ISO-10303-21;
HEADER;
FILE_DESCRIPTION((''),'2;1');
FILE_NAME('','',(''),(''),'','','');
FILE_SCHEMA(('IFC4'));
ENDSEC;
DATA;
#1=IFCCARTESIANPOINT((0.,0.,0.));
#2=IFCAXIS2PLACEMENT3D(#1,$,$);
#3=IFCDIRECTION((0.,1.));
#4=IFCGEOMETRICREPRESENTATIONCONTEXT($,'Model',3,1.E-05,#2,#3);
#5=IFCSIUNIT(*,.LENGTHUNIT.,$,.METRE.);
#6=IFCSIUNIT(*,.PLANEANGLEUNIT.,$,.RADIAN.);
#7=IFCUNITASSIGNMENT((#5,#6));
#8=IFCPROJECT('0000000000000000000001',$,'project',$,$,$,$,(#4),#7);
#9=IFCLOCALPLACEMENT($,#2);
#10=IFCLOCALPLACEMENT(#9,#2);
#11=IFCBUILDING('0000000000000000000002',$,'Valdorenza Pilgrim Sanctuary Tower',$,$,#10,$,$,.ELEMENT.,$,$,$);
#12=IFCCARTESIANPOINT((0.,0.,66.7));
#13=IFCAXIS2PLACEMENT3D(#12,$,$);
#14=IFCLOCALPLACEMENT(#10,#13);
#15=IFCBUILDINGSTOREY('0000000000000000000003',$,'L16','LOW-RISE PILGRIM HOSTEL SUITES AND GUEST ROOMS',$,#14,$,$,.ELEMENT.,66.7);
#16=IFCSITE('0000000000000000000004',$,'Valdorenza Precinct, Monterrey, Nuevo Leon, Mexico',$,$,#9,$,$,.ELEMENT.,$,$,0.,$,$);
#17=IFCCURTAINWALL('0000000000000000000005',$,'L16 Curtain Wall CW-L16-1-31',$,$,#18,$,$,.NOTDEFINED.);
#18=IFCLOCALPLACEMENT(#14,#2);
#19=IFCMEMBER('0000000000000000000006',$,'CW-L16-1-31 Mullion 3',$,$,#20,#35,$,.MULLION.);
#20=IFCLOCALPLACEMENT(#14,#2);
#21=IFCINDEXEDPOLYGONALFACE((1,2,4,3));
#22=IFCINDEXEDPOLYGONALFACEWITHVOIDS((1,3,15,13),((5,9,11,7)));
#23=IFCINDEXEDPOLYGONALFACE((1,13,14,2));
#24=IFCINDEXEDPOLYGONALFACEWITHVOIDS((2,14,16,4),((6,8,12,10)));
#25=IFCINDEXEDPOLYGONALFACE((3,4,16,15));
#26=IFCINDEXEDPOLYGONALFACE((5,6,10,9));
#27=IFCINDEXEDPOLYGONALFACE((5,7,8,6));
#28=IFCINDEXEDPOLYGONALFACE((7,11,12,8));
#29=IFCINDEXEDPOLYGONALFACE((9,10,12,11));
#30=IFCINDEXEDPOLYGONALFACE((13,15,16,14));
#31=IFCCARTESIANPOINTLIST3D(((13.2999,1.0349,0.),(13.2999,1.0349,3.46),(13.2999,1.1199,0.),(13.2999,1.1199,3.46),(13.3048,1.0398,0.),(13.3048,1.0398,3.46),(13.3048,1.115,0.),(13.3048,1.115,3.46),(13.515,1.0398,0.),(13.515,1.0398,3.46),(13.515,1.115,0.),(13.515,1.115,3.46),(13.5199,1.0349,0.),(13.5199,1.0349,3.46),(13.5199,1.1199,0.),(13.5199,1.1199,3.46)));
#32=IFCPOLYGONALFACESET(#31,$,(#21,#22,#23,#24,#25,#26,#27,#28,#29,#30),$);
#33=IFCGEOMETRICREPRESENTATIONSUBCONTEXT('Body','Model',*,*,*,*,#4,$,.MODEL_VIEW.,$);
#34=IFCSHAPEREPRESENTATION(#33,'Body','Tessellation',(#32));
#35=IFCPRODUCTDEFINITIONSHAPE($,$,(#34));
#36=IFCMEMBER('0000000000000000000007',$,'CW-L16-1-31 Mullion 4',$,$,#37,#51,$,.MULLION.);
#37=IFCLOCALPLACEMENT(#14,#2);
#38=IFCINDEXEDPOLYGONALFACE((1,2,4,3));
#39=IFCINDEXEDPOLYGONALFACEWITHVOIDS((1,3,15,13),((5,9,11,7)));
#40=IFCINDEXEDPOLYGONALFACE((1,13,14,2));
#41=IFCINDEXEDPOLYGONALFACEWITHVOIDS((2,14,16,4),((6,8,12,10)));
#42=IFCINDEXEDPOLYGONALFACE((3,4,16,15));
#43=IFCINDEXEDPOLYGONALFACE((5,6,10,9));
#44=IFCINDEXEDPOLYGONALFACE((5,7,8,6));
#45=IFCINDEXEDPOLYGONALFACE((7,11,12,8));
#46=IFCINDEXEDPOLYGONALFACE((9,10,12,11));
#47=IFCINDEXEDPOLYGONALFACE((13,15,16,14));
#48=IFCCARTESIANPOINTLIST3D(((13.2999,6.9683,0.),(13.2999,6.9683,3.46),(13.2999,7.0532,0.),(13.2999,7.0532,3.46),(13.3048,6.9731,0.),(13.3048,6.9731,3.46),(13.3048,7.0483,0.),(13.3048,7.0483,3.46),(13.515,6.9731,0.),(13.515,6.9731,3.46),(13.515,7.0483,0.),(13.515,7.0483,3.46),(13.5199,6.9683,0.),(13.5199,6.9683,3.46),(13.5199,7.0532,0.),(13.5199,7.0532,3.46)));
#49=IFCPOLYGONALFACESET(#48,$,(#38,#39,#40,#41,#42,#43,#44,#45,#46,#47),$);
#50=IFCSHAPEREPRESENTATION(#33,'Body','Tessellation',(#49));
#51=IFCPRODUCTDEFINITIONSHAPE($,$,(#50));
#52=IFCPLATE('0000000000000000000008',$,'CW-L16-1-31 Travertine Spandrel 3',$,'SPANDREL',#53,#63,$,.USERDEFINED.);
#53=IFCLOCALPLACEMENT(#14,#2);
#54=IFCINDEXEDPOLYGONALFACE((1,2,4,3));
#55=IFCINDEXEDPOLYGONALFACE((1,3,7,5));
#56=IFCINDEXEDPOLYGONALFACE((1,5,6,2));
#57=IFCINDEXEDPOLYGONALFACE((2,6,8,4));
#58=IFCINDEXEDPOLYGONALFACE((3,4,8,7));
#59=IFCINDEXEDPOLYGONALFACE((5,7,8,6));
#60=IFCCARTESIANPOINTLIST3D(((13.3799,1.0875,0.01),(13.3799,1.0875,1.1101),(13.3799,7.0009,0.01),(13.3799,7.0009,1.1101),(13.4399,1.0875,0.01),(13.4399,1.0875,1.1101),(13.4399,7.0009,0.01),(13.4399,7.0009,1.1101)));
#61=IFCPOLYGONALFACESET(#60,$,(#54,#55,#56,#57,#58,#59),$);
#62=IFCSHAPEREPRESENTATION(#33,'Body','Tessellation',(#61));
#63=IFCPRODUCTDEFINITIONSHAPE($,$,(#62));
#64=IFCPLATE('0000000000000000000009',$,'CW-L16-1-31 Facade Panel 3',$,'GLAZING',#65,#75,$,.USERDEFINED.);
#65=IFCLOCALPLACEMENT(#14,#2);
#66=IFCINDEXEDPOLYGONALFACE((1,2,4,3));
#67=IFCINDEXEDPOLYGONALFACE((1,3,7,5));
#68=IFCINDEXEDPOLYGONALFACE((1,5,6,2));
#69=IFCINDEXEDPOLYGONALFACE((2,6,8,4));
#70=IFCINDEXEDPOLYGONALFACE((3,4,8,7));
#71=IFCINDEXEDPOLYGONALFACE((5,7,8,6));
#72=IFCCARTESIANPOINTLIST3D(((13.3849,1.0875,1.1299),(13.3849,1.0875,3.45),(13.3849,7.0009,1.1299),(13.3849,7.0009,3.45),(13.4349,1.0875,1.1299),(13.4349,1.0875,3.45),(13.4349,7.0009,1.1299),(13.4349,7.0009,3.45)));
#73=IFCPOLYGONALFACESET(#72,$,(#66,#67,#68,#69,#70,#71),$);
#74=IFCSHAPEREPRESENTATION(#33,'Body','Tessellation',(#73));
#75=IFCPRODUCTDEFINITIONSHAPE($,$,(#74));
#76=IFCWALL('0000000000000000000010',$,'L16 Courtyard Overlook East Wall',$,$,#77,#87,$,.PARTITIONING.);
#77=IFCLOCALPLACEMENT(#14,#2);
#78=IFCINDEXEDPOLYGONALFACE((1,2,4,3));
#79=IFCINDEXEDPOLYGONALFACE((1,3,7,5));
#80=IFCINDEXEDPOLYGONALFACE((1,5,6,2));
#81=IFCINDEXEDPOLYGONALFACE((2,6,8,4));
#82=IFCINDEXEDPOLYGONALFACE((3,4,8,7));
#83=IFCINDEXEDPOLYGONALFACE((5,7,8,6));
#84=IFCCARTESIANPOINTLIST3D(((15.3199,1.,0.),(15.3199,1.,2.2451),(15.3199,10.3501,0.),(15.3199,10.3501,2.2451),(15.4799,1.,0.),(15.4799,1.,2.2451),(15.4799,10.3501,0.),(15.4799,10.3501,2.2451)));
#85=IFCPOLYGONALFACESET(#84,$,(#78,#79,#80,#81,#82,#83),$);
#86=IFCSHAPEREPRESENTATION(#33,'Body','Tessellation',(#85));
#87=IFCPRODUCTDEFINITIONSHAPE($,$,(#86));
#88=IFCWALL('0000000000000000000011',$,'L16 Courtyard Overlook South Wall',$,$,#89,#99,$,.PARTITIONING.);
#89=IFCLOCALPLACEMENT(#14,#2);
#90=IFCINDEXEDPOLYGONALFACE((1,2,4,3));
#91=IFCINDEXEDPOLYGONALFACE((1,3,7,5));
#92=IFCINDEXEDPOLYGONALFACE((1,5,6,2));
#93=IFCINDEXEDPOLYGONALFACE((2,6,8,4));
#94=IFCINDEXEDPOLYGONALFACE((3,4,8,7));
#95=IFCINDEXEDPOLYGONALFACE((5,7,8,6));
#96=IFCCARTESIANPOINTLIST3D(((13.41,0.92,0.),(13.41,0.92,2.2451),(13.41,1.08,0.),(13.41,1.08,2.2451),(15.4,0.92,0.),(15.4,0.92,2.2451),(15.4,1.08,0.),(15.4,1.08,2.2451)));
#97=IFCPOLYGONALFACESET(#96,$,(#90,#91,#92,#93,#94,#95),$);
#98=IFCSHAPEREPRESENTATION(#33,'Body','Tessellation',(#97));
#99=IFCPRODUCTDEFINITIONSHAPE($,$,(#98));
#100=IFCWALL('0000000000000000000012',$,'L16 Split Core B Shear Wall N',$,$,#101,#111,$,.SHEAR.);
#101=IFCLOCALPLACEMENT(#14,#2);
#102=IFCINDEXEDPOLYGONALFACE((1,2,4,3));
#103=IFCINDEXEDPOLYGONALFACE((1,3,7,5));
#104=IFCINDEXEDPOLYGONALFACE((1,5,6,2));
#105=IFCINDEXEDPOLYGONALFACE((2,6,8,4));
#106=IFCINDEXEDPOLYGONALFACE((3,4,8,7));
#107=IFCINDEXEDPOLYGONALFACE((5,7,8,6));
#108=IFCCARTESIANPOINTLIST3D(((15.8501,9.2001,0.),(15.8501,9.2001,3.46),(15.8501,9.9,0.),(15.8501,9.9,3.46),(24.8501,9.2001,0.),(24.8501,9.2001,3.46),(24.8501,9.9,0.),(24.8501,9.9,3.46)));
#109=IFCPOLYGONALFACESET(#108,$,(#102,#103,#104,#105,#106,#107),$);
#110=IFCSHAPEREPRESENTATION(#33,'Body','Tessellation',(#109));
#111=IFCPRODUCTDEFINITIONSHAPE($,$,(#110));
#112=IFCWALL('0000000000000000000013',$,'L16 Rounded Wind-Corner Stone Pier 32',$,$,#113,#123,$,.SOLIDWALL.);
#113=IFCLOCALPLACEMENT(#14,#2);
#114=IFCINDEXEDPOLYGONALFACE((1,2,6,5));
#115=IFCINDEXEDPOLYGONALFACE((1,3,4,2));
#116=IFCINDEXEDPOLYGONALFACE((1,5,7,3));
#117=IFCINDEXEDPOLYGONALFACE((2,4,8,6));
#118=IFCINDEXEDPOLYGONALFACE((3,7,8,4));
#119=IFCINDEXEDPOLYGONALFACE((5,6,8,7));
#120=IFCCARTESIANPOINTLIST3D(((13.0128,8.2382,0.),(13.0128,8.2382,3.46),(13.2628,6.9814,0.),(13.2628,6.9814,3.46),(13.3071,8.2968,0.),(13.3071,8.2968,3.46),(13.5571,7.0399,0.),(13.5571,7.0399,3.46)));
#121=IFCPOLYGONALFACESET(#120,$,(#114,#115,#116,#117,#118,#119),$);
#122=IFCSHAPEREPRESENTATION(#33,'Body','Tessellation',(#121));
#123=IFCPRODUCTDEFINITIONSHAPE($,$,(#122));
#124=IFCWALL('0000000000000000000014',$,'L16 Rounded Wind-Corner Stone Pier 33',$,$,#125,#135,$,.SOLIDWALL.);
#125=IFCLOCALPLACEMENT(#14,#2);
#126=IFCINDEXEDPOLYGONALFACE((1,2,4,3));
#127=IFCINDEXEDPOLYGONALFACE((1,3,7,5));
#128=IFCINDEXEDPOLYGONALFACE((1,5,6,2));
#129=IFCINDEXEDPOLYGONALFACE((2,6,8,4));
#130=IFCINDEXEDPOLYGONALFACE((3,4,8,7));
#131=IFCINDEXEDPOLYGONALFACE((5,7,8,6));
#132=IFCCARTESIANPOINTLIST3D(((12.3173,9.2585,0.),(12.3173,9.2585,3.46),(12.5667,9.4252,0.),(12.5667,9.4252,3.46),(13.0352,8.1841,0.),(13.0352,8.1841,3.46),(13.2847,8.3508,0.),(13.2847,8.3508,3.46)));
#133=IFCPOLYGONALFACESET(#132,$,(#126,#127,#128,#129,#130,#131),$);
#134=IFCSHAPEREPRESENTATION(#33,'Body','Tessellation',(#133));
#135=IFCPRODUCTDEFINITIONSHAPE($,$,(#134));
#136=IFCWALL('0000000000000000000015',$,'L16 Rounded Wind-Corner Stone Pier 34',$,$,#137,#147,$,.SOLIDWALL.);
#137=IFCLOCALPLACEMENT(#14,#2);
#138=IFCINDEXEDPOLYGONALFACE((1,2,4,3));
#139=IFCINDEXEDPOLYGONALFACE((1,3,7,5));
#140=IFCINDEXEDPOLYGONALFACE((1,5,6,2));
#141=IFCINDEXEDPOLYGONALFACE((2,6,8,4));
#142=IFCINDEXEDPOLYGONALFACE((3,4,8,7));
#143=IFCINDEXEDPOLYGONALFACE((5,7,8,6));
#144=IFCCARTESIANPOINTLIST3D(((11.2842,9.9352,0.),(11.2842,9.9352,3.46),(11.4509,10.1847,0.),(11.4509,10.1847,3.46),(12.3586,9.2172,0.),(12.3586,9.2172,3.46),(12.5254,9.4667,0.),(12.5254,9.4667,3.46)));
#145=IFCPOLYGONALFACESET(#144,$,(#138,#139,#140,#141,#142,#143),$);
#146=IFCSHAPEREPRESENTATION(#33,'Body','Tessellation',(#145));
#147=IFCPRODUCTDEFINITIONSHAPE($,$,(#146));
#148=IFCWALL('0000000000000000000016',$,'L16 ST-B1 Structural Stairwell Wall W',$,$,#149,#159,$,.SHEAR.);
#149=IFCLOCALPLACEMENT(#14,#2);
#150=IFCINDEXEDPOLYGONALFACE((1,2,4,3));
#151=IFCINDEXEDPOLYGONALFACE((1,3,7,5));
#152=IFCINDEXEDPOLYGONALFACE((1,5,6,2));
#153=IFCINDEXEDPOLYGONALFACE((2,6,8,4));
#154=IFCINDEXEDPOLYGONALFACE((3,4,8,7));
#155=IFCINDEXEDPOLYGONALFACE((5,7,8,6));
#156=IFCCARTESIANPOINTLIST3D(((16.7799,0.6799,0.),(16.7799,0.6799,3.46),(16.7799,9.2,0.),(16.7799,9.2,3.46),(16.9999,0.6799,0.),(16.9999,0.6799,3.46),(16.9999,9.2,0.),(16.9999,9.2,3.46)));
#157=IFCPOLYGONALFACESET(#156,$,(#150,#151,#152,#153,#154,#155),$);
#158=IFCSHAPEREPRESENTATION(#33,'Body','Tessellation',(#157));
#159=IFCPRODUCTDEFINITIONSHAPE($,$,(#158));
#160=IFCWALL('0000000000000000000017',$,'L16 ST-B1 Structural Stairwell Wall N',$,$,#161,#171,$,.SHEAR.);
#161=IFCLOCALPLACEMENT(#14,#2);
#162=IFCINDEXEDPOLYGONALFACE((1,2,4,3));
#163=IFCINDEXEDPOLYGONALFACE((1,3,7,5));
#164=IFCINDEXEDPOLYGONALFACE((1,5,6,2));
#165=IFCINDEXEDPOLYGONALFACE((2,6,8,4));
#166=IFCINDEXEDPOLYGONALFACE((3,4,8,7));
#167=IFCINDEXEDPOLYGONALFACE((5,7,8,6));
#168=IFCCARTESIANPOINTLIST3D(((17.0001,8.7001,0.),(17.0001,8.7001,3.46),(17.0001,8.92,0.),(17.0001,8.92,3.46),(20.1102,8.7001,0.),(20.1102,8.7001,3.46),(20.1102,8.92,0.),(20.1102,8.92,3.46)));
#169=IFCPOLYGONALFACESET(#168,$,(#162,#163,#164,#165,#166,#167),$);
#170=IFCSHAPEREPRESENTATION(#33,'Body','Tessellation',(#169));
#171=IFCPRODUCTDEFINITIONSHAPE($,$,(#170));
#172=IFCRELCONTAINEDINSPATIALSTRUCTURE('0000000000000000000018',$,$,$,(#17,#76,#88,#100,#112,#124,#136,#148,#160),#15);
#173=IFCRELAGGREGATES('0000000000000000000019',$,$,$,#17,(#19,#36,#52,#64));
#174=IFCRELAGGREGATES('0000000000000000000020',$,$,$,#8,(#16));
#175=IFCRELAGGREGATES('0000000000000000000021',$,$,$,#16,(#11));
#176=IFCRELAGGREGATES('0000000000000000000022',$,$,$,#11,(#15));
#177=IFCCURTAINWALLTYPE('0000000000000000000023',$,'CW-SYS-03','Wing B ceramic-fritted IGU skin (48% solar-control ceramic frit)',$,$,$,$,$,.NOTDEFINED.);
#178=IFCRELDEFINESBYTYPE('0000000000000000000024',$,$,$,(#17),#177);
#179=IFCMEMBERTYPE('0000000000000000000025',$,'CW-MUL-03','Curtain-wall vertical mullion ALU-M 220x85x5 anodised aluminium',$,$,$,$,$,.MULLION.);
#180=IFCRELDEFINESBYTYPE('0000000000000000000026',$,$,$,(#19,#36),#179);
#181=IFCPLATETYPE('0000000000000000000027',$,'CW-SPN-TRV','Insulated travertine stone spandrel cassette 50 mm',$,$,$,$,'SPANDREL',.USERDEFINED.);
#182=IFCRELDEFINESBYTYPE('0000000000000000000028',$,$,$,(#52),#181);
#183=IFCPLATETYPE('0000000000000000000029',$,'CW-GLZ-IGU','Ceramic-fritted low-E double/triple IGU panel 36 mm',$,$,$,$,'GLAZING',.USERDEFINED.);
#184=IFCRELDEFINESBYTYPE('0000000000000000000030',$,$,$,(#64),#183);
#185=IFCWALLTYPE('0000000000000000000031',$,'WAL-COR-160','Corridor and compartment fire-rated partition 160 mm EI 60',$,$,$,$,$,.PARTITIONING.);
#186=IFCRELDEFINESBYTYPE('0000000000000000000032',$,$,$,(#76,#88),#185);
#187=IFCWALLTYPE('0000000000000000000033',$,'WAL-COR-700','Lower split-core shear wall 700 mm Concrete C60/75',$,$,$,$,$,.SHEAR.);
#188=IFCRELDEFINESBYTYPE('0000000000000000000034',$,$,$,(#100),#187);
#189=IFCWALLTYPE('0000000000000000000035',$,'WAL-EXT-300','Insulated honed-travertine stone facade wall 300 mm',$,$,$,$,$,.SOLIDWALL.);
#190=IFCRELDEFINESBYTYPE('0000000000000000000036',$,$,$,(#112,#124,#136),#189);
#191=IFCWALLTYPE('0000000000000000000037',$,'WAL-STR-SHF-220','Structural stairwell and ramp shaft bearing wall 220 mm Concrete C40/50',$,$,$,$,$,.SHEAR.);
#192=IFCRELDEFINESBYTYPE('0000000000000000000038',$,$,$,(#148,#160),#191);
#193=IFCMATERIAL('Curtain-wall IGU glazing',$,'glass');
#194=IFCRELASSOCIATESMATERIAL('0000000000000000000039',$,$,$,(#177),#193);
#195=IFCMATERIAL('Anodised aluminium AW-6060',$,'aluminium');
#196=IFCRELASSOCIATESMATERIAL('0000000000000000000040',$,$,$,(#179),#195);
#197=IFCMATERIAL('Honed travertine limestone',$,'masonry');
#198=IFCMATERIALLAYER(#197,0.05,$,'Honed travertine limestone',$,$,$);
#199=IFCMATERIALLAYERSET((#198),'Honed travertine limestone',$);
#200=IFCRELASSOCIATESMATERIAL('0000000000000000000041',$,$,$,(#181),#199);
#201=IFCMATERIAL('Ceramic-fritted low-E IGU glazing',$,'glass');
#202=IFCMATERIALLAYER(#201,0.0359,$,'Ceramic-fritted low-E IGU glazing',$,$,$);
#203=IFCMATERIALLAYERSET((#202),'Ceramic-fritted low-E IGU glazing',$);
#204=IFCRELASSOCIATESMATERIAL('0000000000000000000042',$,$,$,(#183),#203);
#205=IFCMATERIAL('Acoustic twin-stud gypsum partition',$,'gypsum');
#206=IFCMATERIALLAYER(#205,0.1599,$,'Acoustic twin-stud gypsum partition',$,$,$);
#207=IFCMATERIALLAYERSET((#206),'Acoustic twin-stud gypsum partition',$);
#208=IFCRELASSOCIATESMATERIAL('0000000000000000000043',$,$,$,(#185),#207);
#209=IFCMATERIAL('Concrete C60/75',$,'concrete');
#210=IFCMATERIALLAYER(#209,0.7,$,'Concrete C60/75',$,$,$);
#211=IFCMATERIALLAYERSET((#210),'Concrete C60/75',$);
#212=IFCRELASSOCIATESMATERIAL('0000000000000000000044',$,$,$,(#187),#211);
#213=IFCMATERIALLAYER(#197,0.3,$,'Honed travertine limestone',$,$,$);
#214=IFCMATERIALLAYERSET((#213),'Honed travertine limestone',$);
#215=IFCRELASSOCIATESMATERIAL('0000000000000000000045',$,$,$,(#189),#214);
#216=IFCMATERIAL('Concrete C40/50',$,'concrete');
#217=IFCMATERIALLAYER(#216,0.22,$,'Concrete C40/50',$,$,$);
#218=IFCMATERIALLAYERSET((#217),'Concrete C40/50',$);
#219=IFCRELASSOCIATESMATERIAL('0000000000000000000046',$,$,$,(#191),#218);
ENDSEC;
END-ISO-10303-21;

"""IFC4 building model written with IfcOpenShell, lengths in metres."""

from ifc_helpers import new_model, si_unit, direction, frame, frame_2d, origin, origin_2d, place, context, subcontext, project, spatial, rectangle, hollow_rectangle, extrude, source, transform, mapped, material, layer, layer_set, material_profile, profile_set, type_object, element, aggregate, save


model = new_model("IFC4")

# Units and contexts
model_context = context("Model", 3, precision=1e-05, world=origin(), true_north=direction((0.0, 1.0)))
body_context = subcontext(model_context, "Body", "Model", "MODEL_VIEW")
ifc_project = project(units=[si_unit("LENGTHUNIT", "METRE"), si_unit("PLANEANGLEUNIT", "RADIAN")], contexts=[model_context])

# Site, building, storey
site_placement = place(None, origin())
site = spatial("IfcSite", under=ifc_project, at=site_placement, Name="Valdorenza Precinct, Monterrey, Nuevo Leon, Mexico", CompositionType="ELEMENT", RefElevation=0.0)
building_placement = place(site_placement, origin())
building = spatial("IfcBuilding", under=site, at=building_placement, Name="Valdorenza Pilgrim Sanctuary Tower", CompositionType="ELEMENT")
storey_placement = place(building_placement, frame((0.0, 0.0, 66.7)))
storey = spatial("IfcBuildingStorey", under=building, at=storey_placement, Name="L16", Description="LOW-RISE PILGRIM HOSTEL SUITES AND GUEST ROOMS", CompositionType="ELEMENT", Elevation=66.7)

# Curtain wall, members, plates
ifc_material_1 = material(Name="Curtain-wall IGU glazing", Category="glass")
curtain_wall_type = type_object("IfcCurtainWallType", Name="CW-SYS-03", Description="Wing B ceramic-fritted IGU skin (48% solar-control ceramic frit)", PredefinedType="NOTDEFINED", material=ifc_material_1)
curtain_wall_placement = place(storey_placement, origin())
curtain_wall = element("IfcCurtainWall", 1, at=curtain_wall_placement, inside=storey, type_object=curtain_wall_type, Name="L16 Curtain Wall CW-L16-1-31", PredefinedType="NOTDEFINED")
ifc_material_2 = material(Name="Anodised aluminium AW-6060", Category="aluminium")
ifc_material_profile = material_profile(ifc_material_2, hollow_rectangle(XDim=0.085, YDim=0.22, WallThickness=0.0049, at=origin_2d()), Name="ALU-M 220x85x5")
ifc_profile_set = profile_set([ifc_material_profile], Name="Anodised aluminium AW-6060")
member_type = type_object("IfcMemberType", Name="CW-MUL-03", Description="Curtain-wall vertical mullion ALU-M 220x85x5 anodised aluminium", PredefinedType="MULLION", material=ifc_profile_set)
shared_shape_1 = source(origin(), body_context, "Body", "SweptSolid", [
    extrude(hollow_rectangle(XDim=0.085, YDim=0.22, WallThickness=0.0049, at=origin_2d()), origin(), (0.0, 0.0, 1.0), 3.46),
])
member_1_placement = place(storey_placement, frame((13.4099, 1.0774, 0.0), z_axis=(0.0, 0.0, 1.0), x_axis=(0.0, 1.0, 0.0)))
member_1 = element("IfcMember", 2, at=member_1_placement, type_object=member_type, Name="CW-L16-1-31 Mullion 3", PredefinedType="MULLION", context=body_context, shape_type="MappedRepresentation", body=[
    mapped(shared_shape_1, transform((0.0, 0.0, 0.0), x_axis=(1.0, 0.0, 0.0), y_axis=(0.0, 1.0, 0.0), z_axis=(0.0, 0.0, 1.0), scale=1.0)),
])
member_2_placement = place(storey_placement, frame((13.4099, 7.0107, 0.0), z_axis=(0.0, 0.0, 1.0), x_axis=(0.0, 1.0, 0.0)))
member_2 = element("IfcMember", 3, at=member_2_placement, type_object=member_type, Name="CW-L16-1-31 Mullion 4", PredefinedType="MULLION", context=body_context, shape_type="MappedRepresentation", body=[
    mapped(shared_shape_1, transform((0.0, 0.0, 0.0), x_axis=(1.0, 0.0, 0.0), y_axis=(0.0, 1.0, 0.0), z_axis=(0.0, 0.0, 1.0), scale=1.0)),
])
ifc_material_3 = material(Name="Honed travertine limestone", Category="masonry")
ifc_layer_1 = layer(ifc_material_3, 0.05, Name="Honed travertine limestone")
ifc_layer_set_1 = layer_set([ifc_layer_1], Name="Honed travertine limestone")
plate_type_1 = type_object("IfcPlateType", Name="CW-SPN-TRV", Description="Insulated travertine stone spandrel cassette 50 mm", ElementType="SPANDREL", PredefinedType="USERDEFINED", material=ifc_layer_set_1)
shared_shape_2 = source(origin(), body_context, "Body", "SweptSolid", [
    extrude(rectangle(XDim=5.9133, YDim=0.0601, at=origin_2d()), origin(), (0.0, 0.0, 1.0), 1.1001),
])
plate_1_placement = place(storey_placement, frame((13.4099, 4.0442, 0.01), z_axis=(0.0, 0.0, 1.0), x_axis=(0.0, 1.0, 0.0)))
plate_1 = element("IfcPlate", 4, at=plate_1_placement, type_object=plate_type_1, Name="CW-L16-1-31 Travertine Spandrel 3", ObjectType="SPANDREL", PredefinedType="USERDEFINED", context=body_context, shape_type="MappedRepresentation", body=[
    mapped(shared_shape_2, transform((0.0, 0.0, 0.0), x_axis=(1.0, 0.0, 0.0), y_axis=(0.0, 1.0, 0.0), z_axis=(0.0, 0.0, 1.0), scale=1.0)),
])
ifc_material_4 = material(Name="Ceramic-fritted low-E IGU glazing", Category="glass")
ifc_layer_2 = layer(ifc_material_4, 0.0359, Name="Ceramic-fritted low-E IGU glazing")
ifc_layer_set_2 = layer_set([ifc_layer_2], Name="Ceramic-fritted low-E IGU glazing")
plate_type_2 = type_object("IfcPlateType", Name="CW-GLZ-IGU", Description="Ceramic-fritted low-E double/triple IGU panel 36 mm", ElementType="GLAZING", PredefinedType="USERDEFINED", material=ifc_layer_set_2)
shared_shape_3 = source(origin(), body_context, "Body", "SweptSolid", [
    extrude(rectangle(XDim=5.9133, YDim=0.05, at=origin_2d()), origin(), (0.0, 0.0, 1.0), 2.3201),
])
plate_2_placement = place(storey_placement, frame((13.4099, 4.0442, 1.1299), z_axis=(0.0, 0.0, 1.0), x_axis=(0.0, 1.0, 0.0)))
plate_2 = element("IfcPlate", 5, at=plate_2_placement, type_object=plate_type_2, Name="CW-L16-1-31 Facade Panel 3", ObjectType="GLAZING", PredefinedType="USERDEFINED", context=body_context, shape_type="MappedRepresentation", body=[
    mapped(shared_shape_3, transform((0.0, 0.0, 0.0), x_axis=(1.0, 0.0, 0.0), y_axis=(0.0, 1.0, 0.0), z_axis=(0.0, 0.0, 1.0), scale=1.0)),
])
aggregate(curtain_wall, [member_1, member_2, plate_1, plate_2])

# Walls
ifc_material_5 = material(Name="Acoustic twin-stud gypsum partition", Category="gypsum")
ifc_layer_3 = layer(ifc_material_5, 0.1599, Name="Acoustic twin-stud gypsum partition")
ifc_layer_set_3 = layer_set([ifc_layer_3], Name="Acoustic twin-stud gypsum partition")
wall_type_1 = type_object("IfcWallType", Name="WAL-COR-160", Description="Corridor and compartment fire-rated partition 160 mm EI 60", PredefinedType="PARTITIONING", material=ifc_layer_set_3)
wall_1_placement = place(storey_placement, frame((15.3999, 1.0, 0.0), z_axis=(0.0, 0.0, 1.0), x_axis=(0.0, 1.0, 0.0)))
element("IfcWall", 6, at=wall_1_placement, inside=storey, type_object=wall_type_1, Name="L16 Courtyard Overlook East Wall", PredefinedType="PARTITIONING", context=body_context, shape_type="SweptSolid", body=[
    extrude(rectangle(XDim=9.3501, YDim=0.1599, at=frame_2d((4.675, 0.0))), origin(), (0.0, 0.0, 1.0), 2.2451),
])
wall_2_placement = place(storey_placement, frame((13.4099, 1.0, 0.0), z_axis=(0.0, 0.0, 1.0), x_axis=(1.0, 0.0, 0.0)))
element("IfcWall", 7, at=wall_2_placement, inside=storey, type_object=wall_type_1, Name="L16 Courtyard Overlook South Wall", PredefinedType="PARTITIONING", context=body_context, shape_type="SweptSolid", body=[
    extrude(rectangle(XDim=1.99, YDim=0.1599, at=frame_2d((0.9951, 0.0))), origin(), (0.0, 0.0, 1.0), 2.2451),
])
ifc_material_6 = material(Name="Concrete C60/75", Category="concrete")
ifc_layer_4 = layer(ifc_material_6, 0.7, Name="Concrete C60/75")
ifc_layer_set_4 = layer_set([ifc_layer_4], Name="Concrete C60/75")
wall_type_2 = type_object("IfcWallType", Name="WAL-COR-700", Description="Lower split-core shear wall 700 mm Concrete C60/75", PredefinedType="SHEAR", material=ifc_layer_set_4)
wall_3_placement = place(storey_placement, frame((15.8501, 9.55, 0.0), z_axis=(0.0, 0.0, 1.0), x_axis=(1.0, 0.0, 0.0)))
element("IfcWall", 8, at=wall_3_placement, inside=storey, type_object=wall_type_2, Name="L16 Split Core B Shear Wall N", PredefinedType="SHEAR", context=body_context, shape_type="SweptSolid", body=[
    extrude(rectangle(XDim=9.0, YDim=0.7, at=frame_2d((4.5, 0.0))), origin(), (0.0, 0.0, 1.0), 3.46),
])
ifc_layer_5 = layer(ifc_material_3, 0.3, Name="Honed travertine limestone")
ifc_layer_set_5 = layer_set([ifc_layer_5], Name="Honed travertine limestone")
wall_type_3 = type_object("IfcWallType", Name="WAL-EXT-300", Description="Insulated honed-travertine stone facade wall 300 mm", PredefinedType="SOLIDWALL", material=ifc_layer_set_5)
wall_4_placement = place(storey_placement, frame((13.4099, 7.0107, 0.0), z_axis=(0.0, 0.0, 1.0), x_axis=(-0.19509, 0.980785, 0.0)))
element("IfcWall", 9, at=wall_4_placement, inside=storey, type_object=wall_type_3, Name="L16 Rounded Wind-Corner Stone Pier 32", PredefinedType="SOLIDWALL", context=body_context, shape_type="SweptSolid", body=[
    extrude(rectangle(XDim=1.2815, YDim=0.3, at=frame_2d((0.6406, 0.0))), origin(), (0.0, 0.0, 1.0), 3.46),
])
for number, where, z_axis, x_axis, name in (
    (10, (13.1599, 8.2676, 0.0), (0.0, 0.0, 1.0), (-0.555615, 0.831439, 0.0), "L16 Rounded Wind-Corner Stone Pier 33"),
    (11, (12.4419, 9.342, 0.0), (0.0, 0.0, 1.0), (-0.831439, 0.555615, 0.0), "L16 Rounded Wind-Corner Stone Pier 34"),
):
    element("IfcWall", number, at=place(storey_placement, frame(where, z_axis=z_axis, x_axis=x_axis)), inside=storey, type_object=wall_type_3, Name=name, PredefinedType="SOLIDWALL", context=body_context, shape_type="SweptSolid", body=[
        extrude(rectangle(XDim=1.2922, YDim=0.3, at=frame_2d((0.646, 0.0))), origin(), (0.0, 0.0, 1.0), 3.46),
    ])
ifc_material_7 = material(Name="Concrete C40/50", Category="concrete")
ifc_layer_6 = layer(ifc_material_7, 0.22, Name="Concrete C40/50")
ifc_layer_set_6 = layer_set([ifc_layer_6], Name="Concrete C40/50")
wall_type_4 = type_object("IfcWallType", Name="WAL-STR-SHF-220", Description="Structural stairwell and ramp shaft bearing wall 220 mm Concrete C40/50", PredefinedType="SHEAR", material=ifc_layer_set_6)
wall_5_placement = place(storey_placement, frame((16.8899, 0.6799, 0.0), z_axis=(0.0, 0.0, 1.0), x_axis=(0.0, 1.0, 0.0)))
element("IfcWall", 12, at=wall_5_placement, inside=storey, type_object=wall_type_4, Name="L16 ST-B1 Structural Stairwell Wall W", PredefinedType="SHEAR", context=body_context, shape_type="SweptSolid", body=[
    extrude(rectangle(XDim=8.52, YDim=0.22, at=frame_2d((4.26, 0.0))), origin(), (0.0, 0.0, 1.0), 3.46),
])

# Wall
wall_6_placement = place(storey_placement, frame((17.0, 8.8101, 0.0), z_axis=(0.0, 0.0, 1.0), x_axis=(1.0, 0.0, 0.0)))
element("IfcWall", 13, at=wall_6_placement, inside=storey, type_object=wall_type_4, Name="L16 ST-B1 Structural Stairwell Wall N", PredefinedType="SHEAR", context=body_context, shape_type="SweptSolid", body=[
    extrude(rectangle(XDim=3.1101, YDim=0.22, at=frame_2d((1.5552, 0.0))), origin(), (0.0, 0.0, 1.0), 3.46),
])

save(model, "model.ifc")
